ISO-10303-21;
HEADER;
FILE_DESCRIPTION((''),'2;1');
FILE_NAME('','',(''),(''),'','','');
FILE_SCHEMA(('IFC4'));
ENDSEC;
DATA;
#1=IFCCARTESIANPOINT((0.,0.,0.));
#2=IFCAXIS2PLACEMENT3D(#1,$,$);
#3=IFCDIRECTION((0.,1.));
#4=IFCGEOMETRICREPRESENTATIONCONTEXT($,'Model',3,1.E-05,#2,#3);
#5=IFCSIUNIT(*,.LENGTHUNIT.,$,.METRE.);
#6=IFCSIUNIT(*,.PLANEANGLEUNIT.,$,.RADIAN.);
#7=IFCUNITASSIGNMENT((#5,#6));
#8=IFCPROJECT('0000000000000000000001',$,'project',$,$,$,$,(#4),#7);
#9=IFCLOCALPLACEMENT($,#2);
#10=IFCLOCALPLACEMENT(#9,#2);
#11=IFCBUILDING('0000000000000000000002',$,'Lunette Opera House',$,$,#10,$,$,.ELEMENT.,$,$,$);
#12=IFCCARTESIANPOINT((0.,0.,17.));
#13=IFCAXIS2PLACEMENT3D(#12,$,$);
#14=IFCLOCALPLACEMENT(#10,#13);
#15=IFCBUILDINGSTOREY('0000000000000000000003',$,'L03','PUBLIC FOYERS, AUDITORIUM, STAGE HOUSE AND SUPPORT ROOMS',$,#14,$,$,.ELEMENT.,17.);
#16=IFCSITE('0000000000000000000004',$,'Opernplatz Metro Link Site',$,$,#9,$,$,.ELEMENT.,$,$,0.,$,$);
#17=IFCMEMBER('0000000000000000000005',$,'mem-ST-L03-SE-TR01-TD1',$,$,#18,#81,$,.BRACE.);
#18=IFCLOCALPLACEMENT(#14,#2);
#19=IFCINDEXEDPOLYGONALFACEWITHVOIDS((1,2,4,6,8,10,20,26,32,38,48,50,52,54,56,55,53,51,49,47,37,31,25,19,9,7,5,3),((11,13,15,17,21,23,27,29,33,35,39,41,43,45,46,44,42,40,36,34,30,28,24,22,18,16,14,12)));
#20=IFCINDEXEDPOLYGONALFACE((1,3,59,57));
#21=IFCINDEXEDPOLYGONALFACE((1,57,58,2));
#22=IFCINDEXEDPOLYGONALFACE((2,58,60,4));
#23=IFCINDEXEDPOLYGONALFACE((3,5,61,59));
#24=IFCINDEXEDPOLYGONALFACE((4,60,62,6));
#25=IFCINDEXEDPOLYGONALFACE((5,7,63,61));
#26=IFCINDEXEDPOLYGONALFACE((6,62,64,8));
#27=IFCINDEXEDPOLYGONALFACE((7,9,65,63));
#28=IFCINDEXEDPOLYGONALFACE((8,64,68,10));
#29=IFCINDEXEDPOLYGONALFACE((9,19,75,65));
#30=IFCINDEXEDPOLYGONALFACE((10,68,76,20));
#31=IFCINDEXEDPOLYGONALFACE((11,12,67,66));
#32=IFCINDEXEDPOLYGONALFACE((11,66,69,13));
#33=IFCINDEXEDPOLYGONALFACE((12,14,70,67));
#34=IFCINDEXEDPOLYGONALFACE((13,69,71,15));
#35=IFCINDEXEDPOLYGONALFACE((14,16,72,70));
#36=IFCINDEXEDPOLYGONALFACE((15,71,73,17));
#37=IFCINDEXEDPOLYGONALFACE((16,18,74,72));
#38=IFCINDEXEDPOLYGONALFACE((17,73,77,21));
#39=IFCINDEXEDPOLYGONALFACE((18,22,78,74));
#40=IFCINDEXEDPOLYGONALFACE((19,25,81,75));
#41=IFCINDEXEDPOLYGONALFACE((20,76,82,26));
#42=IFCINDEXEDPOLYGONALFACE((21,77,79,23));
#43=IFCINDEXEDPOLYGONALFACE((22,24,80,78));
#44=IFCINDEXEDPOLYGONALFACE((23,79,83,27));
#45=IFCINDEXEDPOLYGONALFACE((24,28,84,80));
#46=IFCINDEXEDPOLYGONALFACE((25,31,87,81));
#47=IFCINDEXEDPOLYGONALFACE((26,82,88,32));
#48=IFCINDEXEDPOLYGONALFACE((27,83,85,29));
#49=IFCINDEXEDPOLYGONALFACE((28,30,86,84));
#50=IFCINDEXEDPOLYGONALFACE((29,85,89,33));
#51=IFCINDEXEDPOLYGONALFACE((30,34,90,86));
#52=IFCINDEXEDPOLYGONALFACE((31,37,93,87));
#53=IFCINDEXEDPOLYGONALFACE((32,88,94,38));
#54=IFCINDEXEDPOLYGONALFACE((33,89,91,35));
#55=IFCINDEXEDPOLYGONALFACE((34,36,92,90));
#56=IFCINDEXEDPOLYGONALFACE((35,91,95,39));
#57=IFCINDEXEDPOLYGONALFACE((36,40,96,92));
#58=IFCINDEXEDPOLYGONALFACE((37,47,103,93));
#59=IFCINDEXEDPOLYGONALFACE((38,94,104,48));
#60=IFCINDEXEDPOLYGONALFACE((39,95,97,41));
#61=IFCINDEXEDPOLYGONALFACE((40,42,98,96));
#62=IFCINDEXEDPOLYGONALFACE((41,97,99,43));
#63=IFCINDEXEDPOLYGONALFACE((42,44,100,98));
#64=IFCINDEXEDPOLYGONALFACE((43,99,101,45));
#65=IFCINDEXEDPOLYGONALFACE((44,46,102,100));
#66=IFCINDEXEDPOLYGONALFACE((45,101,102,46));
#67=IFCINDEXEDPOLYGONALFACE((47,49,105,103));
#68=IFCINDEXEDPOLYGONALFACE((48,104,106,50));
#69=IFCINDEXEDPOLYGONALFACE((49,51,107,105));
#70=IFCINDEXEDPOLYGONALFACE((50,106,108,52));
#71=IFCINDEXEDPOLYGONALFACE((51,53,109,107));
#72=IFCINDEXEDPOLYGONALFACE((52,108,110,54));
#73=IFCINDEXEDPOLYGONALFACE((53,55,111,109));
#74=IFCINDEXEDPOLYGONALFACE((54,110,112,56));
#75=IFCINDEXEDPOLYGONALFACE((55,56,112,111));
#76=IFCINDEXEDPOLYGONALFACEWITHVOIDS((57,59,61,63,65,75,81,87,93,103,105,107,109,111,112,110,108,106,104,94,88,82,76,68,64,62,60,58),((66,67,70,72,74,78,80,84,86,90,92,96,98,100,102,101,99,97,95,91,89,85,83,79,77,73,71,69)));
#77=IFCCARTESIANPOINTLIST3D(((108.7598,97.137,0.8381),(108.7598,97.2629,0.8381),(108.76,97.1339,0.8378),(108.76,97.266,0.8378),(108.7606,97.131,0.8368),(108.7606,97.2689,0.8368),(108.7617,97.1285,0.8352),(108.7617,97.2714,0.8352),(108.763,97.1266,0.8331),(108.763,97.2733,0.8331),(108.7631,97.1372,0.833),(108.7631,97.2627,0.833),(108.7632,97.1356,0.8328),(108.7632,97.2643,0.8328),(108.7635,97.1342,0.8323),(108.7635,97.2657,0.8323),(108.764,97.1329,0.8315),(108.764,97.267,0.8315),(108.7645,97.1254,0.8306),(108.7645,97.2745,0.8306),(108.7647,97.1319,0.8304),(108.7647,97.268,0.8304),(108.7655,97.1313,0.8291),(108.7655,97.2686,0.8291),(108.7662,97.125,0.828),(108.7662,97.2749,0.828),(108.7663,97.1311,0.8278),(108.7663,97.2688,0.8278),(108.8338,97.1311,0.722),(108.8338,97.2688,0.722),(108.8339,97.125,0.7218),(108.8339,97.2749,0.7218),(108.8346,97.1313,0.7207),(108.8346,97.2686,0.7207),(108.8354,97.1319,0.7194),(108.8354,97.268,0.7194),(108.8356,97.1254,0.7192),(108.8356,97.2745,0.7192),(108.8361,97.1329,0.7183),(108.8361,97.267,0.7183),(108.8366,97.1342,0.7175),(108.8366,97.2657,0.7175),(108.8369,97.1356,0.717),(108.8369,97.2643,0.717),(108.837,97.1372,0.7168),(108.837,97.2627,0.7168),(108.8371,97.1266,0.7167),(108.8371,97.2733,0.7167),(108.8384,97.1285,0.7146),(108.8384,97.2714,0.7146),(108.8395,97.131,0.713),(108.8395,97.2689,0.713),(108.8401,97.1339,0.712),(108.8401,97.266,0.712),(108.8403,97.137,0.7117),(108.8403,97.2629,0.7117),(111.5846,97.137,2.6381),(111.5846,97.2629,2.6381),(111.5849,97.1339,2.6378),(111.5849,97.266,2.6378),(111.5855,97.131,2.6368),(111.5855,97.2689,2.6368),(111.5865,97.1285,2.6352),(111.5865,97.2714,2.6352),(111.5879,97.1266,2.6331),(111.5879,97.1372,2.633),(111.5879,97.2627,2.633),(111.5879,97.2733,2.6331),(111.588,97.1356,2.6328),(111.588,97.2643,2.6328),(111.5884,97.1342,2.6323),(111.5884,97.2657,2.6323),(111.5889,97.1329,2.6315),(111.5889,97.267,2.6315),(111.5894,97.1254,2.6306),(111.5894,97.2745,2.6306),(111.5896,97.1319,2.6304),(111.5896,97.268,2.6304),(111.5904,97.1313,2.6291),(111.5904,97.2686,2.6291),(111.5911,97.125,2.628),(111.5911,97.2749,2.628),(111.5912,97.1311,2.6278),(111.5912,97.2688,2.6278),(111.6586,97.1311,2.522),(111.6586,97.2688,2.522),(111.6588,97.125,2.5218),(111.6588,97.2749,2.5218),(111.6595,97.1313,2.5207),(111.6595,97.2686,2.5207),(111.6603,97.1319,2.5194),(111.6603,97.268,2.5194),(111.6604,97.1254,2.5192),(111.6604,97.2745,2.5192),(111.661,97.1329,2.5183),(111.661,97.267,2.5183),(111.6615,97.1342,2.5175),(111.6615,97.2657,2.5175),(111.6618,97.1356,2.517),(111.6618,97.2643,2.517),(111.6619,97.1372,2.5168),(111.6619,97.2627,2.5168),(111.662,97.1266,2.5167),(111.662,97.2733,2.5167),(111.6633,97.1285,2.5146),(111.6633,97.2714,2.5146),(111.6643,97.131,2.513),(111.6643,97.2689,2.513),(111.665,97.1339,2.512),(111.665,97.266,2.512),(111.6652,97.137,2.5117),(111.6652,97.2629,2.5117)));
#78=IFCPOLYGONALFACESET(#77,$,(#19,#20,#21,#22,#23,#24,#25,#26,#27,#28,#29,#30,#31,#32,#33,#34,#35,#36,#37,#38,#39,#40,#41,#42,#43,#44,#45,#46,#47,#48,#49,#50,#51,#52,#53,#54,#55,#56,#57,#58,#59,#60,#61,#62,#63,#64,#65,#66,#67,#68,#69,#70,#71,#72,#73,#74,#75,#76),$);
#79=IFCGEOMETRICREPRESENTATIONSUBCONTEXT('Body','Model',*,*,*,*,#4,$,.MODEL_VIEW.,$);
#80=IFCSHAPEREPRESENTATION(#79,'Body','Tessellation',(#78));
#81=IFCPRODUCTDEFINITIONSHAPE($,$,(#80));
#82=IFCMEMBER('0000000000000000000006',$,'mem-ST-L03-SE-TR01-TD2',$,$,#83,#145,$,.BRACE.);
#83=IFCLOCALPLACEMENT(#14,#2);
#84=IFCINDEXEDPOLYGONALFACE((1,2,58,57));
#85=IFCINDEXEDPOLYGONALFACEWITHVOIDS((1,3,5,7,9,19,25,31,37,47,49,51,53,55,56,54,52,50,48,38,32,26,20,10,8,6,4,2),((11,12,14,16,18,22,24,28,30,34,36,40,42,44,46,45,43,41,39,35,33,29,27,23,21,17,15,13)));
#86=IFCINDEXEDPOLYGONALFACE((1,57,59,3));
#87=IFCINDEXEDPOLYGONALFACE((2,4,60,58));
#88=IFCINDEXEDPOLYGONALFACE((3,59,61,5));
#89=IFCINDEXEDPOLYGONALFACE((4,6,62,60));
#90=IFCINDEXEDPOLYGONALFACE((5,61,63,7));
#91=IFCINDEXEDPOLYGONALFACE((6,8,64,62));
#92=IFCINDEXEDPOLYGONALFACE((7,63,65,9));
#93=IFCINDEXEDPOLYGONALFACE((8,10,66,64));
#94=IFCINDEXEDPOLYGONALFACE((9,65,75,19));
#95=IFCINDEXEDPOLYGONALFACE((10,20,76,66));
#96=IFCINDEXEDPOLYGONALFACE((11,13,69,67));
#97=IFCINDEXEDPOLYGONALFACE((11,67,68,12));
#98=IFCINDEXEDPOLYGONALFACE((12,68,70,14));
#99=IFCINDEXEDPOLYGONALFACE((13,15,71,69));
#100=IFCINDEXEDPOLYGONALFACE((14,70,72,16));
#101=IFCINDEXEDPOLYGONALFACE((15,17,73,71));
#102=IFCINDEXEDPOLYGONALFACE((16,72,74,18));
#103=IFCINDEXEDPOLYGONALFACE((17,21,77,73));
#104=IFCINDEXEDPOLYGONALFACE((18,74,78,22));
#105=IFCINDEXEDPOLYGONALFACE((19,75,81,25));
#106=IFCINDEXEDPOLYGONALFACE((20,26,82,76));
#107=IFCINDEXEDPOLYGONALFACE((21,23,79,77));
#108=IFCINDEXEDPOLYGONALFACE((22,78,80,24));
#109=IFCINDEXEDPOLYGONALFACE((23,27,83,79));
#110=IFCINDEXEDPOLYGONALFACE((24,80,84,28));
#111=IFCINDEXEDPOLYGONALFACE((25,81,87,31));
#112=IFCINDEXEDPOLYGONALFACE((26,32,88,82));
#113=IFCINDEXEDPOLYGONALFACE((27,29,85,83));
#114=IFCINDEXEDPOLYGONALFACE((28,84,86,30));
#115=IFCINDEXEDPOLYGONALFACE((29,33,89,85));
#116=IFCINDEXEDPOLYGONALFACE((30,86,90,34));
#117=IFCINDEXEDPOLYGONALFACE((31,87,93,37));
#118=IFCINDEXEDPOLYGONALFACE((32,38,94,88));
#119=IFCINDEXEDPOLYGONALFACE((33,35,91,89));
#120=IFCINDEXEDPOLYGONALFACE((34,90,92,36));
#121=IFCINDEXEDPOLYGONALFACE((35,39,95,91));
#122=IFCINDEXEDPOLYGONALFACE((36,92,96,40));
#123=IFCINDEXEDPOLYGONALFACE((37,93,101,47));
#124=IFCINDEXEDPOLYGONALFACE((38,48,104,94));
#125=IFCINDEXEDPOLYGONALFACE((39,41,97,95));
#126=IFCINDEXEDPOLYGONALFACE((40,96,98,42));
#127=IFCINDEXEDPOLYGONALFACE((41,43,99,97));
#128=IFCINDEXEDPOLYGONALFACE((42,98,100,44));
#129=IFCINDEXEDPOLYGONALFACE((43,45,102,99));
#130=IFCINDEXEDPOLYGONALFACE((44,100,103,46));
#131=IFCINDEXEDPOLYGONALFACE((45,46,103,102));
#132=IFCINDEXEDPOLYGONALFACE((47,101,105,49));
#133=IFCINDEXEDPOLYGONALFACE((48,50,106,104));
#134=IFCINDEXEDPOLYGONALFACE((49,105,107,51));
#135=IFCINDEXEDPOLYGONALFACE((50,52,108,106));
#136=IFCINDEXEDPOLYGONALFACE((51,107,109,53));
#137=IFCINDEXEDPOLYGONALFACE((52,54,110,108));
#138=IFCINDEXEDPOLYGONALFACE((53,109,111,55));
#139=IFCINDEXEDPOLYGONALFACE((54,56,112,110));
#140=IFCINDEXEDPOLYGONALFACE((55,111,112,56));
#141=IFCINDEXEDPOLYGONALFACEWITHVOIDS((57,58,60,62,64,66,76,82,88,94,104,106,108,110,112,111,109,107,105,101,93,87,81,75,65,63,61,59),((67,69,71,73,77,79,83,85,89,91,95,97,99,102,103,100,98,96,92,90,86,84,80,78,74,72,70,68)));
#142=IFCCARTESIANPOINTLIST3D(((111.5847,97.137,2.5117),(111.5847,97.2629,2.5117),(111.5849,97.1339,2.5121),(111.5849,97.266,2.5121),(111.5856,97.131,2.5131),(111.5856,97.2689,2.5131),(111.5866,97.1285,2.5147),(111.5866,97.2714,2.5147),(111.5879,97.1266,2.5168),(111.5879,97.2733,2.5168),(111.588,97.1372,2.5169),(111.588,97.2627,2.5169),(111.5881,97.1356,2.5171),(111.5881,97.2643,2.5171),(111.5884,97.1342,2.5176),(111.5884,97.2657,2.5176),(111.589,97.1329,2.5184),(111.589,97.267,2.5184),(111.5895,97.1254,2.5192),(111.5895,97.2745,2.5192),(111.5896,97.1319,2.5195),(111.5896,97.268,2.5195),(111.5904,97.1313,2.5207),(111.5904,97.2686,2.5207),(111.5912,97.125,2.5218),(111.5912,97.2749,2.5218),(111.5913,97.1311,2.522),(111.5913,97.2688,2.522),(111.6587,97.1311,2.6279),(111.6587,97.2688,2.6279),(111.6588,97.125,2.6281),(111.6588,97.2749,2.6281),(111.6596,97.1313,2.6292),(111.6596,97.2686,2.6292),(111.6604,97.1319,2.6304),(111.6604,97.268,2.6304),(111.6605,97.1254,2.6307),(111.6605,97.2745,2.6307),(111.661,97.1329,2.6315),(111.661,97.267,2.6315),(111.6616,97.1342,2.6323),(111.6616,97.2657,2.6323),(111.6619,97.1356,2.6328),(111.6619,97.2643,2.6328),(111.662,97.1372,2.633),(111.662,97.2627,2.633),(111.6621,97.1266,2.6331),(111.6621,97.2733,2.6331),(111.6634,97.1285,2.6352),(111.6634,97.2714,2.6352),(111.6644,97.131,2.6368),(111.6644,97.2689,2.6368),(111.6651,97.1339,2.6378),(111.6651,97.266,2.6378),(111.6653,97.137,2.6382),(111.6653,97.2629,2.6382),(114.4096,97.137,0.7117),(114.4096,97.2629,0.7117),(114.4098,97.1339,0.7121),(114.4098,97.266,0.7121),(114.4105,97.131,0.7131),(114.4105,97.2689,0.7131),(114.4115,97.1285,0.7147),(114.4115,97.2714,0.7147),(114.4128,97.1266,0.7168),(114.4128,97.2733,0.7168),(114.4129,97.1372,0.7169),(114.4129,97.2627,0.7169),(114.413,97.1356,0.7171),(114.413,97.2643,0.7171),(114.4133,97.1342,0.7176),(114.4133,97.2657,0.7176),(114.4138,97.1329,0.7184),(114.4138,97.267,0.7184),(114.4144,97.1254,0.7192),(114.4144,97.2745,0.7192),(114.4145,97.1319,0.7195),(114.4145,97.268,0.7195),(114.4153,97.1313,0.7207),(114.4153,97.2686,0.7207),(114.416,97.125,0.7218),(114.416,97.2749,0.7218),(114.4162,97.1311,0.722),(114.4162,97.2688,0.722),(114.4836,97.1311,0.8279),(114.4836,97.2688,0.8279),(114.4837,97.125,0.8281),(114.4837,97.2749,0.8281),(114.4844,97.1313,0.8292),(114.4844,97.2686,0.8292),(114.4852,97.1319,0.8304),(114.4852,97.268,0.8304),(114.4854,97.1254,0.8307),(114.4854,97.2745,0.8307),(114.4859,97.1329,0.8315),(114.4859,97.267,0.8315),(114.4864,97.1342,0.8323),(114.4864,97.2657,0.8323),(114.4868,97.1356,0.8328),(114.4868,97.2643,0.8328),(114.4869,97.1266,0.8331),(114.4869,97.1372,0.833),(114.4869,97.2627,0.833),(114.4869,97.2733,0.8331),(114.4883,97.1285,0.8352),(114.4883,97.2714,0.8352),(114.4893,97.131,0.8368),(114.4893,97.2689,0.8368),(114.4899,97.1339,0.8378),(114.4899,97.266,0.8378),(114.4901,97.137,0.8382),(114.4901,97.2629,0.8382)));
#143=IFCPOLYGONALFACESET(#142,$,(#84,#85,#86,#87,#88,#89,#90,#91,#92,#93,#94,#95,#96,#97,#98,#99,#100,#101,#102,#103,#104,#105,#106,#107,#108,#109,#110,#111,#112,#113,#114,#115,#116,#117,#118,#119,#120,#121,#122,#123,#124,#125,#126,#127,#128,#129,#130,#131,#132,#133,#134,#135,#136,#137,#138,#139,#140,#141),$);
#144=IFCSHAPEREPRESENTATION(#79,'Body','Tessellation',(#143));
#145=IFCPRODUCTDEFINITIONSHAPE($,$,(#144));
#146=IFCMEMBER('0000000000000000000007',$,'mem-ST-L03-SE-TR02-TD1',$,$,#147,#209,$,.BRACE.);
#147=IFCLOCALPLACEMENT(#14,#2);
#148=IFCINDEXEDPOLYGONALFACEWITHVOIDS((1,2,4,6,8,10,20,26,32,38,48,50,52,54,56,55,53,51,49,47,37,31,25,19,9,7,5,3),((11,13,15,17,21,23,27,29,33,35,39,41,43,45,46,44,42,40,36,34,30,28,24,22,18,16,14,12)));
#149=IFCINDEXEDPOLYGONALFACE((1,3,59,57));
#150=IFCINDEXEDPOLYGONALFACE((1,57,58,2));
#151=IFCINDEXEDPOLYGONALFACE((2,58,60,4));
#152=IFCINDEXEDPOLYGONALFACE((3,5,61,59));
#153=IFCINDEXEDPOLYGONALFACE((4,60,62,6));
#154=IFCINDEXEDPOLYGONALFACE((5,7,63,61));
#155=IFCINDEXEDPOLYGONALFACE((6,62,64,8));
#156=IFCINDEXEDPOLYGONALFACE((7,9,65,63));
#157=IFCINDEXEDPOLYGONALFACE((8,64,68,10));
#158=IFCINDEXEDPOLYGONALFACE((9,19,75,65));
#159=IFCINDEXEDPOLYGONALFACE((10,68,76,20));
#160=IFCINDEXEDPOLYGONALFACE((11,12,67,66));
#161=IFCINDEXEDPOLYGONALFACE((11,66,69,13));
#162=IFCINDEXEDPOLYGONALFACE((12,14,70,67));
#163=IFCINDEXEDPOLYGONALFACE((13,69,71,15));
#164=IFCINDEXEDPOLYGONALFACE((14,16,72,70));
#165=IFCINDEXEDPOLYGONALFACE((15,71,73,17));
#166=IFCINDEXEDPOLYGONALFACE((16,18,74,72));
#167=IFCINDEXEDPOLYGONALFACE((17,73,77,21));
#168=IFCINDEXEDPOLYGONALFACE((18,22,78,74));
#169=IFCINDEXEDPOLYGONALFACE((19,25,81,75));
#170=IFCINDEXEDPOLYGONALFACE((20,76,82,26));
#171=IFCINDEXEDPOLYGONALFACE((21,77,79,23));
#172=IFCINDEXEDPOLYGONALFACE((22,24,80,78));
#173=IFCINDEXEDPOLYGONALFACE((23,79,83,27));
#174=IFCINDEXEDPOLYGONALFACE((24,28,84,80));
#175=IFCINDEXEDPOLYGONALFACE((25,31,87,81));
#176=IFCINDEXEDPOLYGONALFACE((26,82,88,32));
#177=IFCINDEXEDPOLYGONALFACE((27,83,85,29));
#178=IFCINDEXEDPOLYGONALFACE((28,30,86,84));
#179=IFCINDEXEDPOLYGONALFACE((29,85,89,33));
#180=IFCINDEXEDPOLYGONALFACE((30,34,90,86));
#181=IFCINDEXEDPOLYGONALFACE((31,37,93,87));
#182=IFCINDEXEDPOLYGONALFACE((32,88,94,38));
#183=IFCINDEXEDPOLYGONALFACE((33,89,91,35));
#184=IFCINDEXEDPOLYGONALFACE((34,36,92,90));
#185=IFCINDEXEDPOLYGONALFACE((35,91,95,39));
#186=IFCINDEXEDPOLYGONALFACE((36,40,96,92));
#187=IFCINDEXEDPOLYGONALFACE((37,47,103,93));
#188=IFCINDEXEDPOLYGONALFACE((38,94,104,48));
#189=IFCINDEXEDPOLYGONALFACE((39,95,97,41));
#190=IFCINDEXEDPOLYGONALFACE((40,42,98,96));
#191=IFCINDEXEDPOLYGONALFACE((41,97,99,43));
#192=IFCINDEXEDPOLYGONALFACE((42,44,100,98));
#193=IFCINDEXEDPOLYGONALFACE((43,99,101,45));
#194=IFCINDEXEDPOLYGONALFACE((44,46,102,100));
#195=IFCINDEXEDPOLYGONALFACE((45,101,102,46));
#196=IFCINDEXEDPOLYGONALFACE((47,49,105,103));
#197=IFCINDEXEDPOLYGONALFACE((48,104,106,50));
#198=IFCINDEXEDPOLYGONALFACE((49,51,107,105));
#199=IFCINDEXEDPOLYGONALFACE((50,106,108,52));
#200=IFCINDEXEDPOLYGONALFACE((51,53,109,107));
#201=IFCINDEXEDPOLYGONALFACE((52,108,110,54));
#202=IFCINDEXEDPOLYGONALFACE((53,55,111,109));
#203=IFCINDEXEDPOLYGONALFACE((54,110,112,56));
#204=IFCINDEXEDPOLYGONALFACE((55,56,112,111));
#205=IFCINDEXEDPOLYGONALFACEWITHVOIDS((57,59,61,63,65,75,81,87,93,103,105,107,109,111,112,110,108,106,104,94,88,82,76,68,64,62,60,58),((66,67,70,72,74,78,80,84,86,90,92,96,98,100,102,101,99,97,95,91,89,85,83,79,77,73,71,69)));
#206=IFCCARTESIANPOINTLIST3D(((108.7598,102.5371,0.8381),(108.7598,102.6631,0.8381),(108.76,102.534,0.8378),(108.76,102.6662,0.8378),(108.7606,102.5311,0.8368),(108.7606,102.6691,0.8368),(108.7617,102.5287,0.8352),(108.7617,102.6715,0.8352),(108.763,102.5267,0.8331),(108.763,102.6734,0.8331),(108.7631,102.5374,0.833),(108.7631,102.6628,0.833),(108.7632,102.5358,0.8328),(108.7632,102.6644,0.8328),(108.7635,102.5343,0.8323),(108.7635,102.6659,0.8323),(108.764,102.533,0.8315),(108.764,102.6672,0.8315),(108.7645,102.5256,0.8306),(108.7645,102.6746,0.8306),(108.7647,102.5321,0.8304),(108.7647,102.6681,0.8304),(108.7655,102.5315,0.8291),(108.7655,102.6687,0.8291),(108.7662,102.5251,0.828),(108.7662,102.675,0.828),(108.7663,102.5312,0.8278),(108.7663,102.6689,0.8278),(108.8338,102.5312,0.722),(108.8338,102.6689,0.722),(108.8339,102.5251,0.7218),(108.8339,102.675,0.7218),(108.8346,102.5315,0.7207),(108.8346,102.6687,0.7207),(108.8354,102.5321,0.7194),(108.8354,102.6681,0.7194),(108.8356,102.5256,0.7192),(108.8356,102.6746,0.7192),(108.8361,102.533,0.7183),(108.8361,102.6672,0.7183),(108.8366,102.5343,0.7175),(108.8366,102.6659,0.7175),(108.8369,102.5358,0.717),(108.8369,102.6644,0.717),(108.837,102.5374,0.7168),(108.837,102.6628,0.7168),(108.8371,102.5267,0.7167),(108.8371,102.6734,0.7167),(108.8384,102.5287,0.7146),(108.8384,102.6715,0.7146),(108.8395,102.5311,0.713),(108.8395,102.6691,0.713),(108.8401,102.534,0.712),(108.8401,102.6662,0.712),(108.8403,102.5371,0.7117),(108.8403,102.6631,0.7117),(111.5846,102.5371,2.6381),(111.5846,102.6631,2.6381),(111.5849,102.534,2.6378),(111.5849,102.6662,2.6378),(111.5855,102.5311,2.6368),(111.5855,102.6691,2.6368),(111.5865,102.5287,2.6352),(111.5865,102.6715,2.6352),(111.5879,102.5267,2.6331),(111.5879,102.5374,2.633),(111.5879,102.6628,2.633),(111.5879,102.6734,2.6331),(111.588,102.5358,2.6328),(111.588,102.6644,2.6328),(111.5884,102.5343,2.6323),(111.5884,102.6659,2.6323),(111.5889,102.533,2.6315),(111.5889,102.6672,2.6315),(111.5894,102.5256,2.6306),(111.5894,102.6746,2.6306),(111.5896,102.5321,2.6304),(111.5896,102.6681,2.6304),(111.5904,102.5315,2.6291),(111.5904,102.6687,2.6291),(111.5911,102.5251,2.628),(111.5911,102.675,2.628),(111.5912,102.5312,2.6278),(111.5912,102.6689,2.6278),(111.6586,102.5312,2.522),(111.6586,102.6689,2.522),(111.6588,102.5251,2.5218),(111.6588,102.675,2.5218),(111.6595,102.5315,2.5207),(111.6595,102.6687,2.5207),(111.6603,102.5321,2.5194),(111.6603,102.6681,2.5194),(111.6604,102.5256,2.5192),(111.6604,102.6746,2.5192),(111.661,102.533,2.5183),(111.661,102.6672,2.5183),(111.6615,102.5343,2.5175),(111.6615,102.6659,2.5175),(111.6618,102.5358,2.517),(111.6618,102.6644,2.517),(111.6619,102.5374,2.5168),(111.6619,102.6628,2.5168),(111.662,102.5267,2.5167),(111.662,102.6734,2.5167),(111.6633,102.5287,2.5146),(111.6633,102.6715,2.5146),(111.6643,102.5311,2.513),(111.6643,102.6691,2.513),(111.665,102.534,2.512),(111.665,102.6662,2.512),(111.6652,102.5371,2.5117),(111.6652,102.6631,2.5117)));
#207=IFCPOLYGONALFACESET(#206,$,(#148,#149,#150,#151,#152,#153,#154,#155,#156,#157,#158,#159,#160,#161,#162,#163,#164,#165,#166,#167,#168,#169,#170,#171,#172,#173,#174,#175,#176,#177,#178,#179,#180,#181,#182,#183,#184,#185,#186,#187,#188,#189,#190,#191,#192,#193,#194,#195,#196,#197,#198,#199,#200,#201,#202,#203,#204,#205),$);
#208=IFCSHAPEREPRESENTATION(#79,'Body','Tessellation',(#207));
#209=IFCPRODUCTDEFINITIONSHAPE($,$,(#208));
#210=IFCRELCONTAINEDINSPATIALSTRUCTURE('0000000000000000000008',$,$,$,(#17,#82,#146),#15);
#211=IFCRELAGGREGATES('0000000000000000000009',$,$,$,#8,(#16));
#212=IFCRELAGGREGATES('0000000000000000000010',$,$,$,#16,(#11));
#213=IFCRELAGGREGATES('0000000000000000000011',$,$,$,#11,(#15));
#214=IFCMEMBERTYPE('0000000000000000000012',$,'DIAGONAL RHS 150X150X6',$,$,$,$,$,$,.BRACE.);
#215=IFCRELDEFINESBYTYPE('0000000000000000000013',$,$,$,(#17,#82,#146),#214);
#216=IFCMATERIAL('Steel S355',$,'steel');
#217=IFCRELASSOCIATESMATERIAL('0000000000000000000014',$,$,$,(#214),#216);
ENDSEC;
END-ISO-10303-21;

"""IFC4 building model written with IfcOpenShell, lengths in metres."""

from ifc_helpers import new_model, si_unit, direction, frame, origin, origin_2d, place, context, subcontext, project, spatial, hollow_rectangle, extrude, material, material_profile, profile_set, type_object, element, save


model = new_model("IFC4")

# Units and contexts
model_context = context("Model", 3, precision=1e-05, world=origin(), true_north=direction((0.0, 1.0)))
body_context = subcontext(model_context, "Body", "Model", "MODEL_VIEW")
ifc_project = project(units=[si_unit("LENGTHUNIT", "METRE"), si_unit("PLANEANGLEUNIT", "RADIAN")], contexts=[model_context])

# Site, building, storey
site_placement = place(None, origin())
site = spatial("IfcSite", under=ifc_project, at=site_placement, Name="Opernplatz Metro Link Site", CompositionType="ELEMENT", RefElevation=0.0)
building_placement = place(site_placement, origin())
building = spatial("IfcBuilding", under=site, at=building_placement, Name="Lunette Opera House", CompositionType="ELEMENT")
storey_placement = place(building_placement, frame((0.0, 0.0, 17.0)))
storey = spatial("IfcBuildingStorey", under=building, at=storey_placement, Name="L03", Description="PUBLIC FOYERS, AUDITORIUM, STAGE HOUSE AND SUPPORT ROOMS", CompositionType="ELEMENT", Elevation=17.0)

# Members
ifc_material_1 = material(Name="Steel S355", Category="steel")
ifc_material_profile_1 = material_profile(ifc_material_1, hollow_rectangle(XDim=0.1499, YDim=0.1499, WallThickness=0.0061, InnerFilletRadius=0.0061, OuterFilletRadius=0.012, at=origin_2d()), Name="RHS 150X150X6")
ifc_profile_set_1 = profile_set([ifc_material_profile_1], Name="Steel S355")
member_type_1 = type_object("IfcMemberType", Name="DIAGONAL RHS 150X150X6", PredefinedType="BRACE", material=ifc_profile_set_1)
for number, where, z_axis, x_axis, name in (
    (1, (108.8, 97.2, 0.7749), (0.843343, 0.0, 0.537375), (0.0, 1.0, 0.0), "mem-ST-L03-SE-TR01-TD1"),
    (2, (111.625, 97.2, 2.575), (0.843343, 0.0, -0.537375), (0.0, 1.0, 0.0), "mem-ST-L03-SE-TR01-TD2"),
    (3, (108.8, 102.6001, 0.7749), (0.843343, 0.0, 0.537375), (0.0, 1.0, 0.0), "mem-ST-L03-SE-TR02-TD1"),
):
    element("IfcMember", number, at=place(storey_placement, frame(where, z_axis=z_axis, x_axis=x_axis)), inside=storey, type_object=member_type_1, Name=name, PredefinedType="BRACE", context=body_context, shape_type="SweptSolid", body=[
        extrude(hollow_rectangle(XDim=0.1499, YDim=0.1499, WallThickness=0.0061, InnerFilletRadius=0.0061, OuterFilletRadius=0.012, at=origin_2d()), origin(), (0.0, 0.0, 1.0), 3.3496),
    ])

save(model, "model.ifc")
